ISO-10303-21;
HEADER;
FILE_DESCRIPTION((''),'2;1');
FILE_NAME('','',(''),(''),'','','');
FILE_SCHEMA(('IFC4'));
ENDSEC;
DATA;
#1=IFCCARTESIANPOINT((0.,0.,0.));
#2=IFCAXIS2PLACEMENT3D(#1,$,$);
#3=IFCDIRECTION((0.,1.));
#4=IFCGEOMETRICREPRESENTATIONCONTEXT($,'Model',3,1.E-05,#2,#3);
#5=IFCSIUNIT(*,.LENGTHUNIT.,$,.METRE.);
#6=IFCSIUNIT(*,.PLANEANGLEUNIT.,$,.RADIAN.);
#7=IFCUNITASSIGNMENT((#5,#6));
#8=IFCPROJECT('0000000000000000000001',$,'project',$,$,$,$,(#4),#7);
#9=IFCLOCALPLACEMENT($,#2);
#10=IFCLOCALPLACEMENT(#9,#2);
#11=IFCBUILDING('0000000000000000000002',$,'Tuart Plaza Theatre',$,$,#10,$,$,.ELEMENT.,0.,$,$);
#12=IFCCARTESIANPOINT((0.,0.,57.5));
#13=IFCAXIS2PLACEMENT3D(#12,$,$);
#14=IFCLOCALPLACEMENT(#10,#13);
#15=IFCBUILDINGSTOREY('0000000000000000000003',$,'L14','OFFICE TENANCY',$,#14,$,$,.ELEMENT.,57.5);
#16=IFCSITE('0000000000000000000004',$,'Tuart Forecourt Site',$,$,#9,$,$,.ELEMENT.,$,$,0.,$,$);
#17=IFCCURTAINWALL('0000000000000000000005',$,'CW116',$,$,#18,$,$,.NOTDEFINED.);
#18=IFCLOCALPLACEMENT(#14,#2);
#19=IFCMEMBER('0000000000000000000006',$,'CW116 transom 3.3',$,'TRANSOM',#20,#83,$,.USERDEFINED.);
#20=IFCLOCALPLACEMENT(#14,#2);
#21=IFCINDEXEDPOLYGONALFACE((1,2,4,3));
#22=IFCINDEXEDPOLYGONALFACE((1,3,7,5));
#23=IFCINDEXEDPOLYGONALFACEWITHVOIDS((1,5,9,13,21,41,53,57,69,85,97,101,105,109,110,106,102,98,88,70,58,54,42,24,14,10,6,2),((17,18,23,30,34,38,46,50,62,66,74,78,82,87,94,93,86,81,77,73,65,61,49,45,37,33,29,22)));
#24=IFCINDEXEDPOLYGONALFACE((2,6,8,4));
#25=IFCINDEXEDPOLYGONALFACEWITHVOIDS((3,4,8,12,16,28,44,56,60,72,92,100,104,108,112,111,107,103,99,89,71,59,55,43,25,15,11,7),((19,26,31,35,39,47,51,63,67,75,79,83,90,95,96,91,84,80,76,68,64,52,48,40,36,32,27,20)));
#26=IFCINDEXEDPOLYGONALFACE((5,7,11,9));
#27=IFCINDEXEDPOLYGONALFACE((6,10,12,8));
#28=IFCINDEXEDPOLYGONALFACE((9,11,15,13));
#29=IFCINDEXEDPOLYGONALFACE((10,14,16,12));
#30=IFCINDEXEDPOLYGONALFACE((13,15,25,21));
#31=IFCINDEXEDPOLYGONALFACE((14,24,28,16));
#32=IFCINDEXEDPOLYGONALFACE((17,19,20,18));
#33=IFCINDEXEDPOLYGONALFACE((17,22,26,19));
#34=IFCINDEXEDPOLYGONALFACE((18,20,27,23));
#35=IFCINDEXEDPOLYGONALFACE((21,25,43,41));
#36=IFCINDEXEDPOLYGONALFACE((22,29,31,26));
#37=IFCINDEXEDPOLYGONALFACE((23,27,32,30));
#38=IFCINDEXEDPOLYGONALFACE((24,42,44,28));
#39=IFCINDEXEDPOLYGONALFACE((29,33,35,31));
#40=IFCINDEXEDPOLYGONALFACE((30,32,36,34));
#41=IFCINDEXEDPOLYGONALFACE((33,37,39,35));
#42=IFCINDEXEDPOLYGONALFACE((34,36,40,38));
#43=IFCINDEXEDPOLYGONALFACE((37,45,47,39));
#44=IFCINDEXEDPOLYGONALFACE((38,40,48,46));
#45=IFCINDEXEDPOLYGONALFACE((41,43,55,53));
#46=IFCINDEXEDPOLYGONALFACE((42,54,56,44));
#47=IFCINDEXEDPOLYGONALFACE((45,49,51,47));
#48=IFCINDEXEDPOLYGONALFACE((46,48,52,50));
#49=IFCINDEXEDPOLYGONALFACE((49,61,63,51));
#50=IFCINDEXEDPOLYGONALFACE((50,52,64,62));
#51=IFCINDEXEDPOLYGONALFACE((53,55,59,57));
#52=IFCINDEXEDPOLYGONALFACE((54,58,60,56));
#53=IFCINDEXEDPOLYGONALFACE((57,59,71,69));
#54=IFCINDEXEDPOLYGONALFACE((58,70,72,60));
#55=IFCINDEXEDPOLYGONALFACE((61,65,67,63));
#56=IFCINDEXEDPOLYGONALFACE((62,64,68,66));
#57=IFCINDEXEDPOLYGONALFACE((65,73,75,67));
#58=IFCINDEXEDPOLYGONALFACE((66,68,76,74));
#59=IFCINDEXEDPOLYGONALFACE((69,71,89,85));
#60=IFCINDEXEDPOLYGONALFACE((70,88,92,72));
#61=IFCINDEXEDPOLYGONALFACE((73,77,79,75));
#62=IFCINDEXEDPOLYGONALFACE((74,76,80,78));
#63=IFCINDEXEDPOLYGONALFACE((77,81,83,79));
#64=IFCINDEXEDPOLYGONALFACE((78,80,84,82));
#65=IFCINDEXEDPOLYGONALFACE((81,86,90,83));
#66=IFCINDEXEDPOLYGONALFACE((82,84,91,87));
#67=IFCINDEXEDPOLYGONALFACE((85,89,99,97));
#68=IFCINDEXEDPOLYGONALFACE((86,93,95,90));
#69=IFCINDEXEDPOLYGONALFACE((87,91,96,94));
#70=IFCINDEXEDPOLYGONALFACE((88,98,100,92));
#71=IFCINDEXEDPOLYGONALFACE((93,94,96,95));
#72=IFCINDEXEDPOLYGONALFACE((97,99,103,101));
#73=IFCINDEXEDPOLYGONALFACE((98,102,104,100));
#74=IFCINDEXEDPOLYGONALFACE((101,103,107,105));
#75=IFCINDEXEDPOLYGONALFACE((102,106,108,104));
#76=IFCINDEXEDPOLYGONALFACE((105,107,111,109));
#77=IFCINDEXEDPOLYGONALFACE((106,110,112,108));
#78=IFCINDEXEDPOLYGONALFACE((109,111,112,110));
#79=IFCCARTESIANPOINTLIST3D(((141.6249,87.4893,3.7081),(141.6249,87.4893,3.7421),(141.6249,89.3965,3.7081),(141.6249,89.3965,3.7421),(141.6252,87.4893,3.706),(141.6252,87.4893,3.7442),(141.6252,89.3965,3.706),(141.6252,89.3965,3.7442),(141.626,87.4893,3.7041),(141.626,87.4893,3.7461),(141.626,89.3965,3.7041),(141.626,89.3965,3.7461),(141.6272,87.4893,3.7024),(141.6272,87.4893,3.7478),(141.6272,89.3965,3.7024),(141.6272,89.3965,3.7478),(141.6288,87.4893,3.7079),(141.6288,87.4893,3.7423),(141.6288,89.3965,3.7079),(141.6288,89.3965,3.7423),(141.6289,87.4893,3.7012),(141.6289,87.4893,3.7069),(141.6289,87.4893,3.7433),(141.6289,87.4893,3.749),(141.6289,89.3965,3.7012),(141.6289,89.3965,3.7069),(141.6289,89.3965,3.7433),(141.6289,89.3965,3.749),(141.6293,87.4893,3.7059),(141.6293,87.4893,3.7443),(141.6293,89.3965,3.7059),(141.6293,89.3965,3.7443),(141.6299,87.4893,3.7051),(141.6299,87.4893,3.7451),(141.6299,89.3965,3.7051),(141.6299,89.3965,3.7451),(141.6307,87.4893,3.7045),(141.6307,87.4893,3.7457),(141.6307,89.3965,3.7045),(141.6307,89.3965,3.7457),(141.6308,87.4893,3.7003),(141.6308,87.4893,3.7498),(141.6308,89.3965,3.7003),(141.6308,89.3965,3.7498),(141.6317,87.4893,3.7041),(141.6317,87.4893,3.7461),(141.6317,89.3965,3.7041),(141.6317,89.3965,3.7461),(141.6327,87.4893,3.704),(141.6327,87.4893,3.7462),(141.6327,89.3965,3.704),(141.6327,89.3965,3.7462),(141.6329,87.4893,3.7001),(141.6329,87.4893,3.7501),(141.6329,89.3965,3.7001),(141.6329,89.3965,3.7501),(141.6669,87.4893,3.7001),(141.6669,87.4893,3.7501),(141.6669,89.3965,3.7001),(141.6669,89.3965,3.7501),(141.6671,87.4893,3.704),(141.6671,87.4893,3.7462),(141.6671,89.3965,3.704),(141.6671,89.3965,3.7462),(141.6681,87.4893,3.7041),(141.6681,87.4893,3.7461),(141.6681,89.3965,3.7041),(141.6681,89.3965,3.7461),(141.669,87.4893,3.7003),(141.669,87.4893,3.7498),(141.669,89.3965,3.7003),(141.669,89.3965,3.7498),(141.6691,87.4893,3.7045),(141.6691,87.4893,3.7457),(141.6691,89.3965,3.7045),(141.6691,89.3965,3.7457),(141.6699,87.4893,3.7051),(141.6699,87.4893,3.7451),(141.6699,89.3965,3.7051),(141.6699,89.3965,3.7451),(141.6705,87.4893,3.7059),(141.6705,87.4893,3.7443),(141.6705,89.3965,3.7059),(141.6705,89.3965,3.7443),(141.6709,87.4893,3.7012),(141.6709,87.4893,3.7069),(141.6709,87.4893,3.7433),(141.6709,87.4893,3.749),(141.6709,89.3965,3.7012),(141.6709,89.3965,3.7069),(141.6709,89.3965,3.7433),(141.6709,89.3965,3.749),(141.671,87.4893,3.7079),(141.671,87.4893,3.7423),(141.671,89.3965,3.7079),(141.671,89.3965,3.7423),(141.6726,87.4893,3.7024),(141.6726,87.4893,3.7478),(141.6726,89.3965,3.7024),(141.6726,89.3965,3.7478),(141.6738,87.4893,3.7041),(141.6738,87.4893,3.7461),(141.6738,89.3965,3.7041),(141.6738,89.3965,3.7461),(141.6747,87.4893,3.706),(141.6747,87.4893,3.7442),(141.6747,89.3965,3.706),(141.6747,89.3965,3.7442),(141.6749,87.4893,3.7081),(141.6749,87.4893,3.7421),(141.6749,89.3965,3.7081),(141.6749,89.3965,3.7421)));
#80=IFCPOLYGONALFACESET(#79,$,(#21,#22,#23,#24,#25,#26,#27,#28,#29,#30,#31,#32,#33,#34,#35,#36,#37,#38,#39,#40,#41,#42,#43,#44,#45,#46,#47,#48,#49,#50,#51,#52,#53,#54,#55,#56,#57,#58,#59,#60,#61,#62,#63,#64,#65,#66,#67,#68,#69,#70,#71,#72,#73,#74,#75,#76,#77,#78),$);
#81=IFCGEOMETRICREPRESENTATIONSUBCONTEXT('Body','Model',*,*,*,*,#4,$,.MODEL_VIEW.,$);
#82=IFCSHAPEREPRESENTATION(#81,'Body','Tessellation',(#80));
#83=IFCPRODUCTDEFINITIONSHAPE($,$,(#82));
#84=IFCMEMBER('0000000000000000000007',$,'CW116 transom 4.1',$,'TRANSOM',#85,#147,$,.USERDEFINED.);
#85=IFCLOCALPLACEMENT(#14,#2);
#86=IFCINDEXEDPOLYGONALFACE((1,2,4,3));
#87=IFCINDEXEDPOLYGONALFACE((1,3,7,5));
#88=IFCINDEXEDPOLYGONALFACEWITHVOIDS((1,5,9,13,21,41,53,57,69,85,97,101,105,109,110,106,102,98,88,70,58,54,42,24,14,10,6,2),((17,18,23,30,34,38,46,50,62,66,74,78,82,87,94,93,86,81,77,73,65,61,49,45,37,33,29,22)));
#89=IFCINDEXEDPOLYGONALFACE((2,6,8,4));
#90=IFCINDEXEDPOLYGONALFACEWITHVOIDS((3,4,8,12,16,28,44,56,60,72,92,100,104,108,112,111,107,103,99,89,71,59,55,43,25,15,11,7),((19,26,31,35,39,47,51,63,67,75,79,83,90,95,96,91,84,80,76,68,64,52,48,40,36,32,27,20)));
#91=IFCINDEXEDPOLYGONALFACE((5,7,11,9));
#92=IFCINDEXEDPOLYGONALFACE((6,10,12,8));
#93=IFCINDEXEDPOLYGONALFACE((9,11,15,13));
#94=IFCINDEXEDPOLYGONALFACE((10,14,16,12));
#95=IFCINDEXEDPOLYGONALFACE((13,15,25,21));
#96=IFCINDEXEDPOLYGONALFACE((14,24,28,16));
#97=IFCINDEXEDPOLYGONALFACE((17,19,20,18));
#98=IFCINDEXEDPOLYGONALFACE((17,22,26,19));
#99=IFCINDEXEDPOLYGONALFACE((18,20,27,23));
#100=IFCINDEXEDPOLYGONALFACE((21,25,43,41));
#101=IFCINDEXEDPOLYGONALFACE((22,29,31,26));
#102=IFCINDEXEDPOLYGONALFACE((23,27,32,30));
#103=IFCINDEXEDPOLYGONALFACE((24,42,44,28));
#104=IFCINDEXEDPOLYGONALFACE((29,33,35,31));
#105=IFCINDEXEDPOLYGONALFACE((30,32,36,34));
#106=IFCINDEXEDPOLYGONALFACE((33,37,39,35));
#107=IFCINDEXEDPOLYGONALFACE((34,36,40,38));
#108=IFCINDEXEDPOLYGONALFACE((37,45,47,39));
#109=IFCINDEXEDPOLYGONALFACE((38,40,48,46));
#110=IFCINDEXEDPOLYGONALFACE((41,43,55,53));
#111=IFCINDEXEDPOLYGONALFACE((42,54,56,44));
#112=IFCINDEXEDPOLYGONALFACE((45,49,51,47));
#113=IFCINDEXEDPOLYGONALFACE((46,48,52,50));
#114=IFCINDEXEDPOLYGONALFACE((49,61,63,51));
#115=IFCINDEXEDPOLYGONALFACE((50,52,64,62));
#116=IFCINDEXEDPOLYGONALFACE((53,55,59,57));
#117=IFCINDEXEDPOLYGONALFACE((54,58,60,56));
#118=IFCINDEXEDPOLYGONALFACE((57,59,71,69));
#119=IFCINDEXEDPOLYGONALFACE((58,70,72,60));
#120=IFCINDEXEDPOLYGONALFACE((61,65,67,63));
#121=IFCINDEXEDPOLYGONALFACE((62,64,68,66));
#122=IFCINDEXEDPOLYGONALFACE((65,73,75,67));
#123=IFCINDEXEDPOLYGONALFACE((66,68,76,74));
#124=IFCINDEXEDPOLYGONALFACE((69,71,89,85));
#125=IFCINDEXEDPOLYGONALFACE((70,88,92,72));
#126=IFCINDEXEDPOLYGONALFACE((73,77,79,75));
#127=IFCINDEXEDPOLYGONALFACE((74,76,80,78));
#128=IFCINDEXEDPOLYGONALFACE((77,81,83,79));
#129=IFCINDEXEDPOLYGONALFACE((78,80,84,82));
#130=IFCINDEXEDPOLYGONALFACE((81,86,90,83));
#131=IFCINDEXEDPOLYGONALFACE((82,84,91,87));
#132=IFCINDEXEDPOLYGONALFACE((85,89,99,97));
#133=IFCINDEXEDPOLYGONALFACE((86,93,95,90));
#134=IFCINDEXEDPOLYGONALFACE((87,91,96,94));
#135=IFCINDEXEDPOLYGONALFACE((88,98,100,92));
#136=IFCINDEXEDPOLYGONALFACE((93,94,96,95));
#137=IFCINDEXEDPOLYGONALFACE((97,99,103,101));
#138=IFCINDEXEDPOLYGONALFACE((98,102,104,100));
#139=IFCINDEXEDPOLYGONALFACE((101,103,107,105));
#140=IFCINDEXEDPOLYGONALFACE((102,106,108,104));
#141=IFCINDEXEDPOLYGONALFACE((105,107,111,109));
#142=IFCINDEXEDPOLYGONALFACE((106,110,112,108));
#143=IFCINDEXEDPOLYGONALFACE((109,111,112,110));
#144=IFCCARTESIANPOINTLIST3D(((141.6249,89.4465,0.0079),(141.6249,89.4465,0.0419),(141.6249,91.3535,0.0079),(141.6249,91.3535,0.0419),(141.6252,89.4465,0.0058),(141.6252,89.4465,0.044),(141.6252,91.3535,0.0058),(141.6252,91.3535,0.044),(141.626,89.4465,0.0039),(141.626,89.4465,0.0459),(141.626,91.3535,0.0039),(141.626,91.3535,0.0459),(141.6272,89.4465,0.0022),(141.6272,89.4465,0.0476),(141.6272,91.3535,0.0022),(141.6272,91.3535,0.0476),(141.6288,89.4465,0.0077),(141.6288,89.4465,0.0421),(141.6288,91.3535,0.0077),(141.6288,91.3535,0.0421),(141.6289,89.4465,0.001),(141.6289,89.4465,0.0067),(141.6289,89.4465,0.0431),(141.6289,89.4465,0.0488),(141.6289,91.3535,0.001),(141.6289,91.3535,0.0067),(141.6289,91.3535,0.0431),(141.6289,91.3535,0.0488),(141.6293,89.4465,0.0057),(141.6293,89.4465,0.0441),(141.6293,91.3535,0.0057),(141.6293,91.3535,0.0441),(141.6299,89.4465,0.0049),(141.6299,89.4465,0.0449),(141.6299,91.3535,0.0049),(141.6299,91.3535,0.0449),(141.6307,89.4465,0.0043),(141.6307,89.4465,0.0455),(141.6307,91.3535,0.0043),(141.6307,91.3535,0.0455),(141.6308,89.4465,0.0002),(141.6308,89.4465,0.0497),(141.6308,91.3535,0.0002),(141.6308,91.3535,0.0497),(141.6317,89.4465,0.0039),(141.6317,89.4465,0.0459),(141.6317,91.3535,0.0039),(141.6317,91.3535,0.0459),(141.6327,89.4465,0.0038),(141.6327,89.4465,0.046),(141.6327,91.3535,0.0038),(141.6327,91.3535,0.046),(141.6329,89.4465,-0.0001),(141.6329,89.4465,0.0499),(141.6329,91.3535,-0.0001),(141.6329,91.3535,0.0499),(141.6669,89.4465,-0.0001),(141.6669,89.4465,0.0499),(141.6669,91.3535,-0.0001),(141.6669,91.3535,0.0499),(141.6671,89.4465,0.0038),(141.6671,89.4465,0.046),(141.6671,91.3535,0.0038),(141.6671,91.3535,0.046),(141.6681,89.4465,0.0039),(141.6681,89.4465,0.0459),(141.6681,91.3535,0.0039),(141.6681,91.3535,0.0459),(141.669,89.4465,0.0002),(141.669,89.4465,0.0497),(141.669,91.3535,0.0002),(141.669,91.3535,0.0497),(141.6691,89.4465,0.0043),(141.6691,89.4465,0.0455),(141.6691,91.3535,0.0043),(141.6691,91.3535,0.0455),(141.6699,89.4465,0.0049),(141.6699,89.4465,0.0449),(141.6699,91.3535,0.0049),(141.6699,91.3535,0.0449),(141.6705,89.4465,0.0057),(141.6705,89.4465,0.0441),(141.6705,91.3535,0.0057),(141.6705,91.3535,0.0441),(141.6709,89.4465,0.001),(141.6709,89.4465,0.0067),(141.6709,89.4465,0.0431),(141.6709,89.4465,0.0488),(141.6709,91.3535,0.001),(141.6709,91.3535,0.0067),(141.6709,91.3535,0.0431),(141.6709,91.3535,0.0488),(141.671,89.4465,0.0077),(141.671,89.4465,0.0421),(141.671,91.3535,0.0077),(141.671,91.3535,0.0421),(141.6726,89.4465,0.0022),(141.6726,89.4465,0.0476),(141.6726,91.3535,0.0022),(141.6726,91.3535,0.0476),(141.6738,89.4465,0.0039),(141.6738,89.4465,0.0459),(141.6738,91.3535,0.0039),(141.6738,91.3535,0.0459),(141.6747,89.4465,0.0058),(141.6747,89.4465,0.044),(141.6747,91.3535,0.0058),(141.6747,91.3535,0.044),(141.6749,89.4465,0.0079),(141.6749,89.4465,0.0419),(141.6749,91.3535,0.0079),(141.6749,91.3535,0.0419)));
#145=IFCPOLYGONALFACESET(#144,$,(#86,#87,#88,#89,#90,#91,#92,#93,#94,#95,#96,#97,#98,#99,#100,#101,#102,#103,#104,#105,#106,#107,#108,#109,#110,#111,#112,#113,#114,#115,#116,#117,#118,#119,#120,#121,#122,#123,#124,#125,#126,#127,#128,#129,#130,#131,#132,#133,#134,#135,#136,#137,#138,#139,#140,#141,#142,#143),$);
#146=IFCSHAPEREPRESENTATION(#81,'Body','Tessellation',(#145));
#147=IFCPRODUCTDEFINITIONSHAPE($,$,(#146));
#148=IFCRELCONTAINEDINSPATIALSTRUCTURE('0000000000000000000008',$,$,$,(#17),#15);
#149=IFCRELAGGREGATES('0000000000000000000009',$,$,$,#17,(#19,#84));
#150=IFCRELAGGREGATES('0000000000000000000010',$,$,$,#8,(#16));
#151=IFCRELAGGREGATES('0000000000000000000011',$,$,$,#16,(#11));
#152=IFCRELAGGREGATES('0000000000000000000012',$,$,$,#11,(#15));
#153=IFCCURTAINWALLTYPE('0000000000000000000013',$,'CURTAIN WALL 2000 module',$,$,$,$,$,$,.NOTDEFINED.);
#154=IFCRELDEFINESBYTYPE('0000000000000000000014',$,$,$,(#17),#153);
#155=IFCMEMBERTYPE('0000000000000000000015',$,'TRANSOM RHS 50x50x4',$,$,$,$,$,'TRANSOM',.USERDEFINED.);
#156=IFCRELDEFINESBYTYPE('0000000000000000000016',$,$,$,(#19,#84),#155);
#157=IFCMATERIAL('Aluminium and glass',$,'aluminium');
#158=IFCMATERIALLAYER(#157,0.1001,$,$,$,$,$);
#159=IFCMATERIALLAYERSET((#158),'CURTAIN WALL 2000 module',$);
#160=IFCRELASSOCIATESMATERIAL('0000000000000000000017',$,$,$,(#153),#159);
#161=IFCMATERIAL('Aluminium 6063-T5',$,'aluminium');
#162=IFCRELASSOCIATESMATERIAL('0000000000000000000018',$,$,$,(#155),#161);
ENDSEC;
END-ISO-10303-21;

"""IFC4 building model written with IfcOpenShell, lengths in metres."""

from ifc_helpers import new_model, si_unit, direction, frame, origin, origin_2d, place, context, subcontext, project, spatial, hollow_rectangle, extrude, material, layer, layer_set, material_profile, profile_set, type_object, element, aggregate, save


model = new_model("IFC4")

# Units and contexts
model_context = context("Model", 3, precision=1e-05, world=origin(), true_north=direction((0.0, 1.0)))
body_context = subcontext(model_context, "Body", "Model", "MODEL_VIEW")
ifc_project = project(units=[si_unit("LENGTHUNIT", "METRE"), si_unit("PLANEANGLEUNIT", "RADIAN")], contexts=[model_context])

# Site, building, storey
site_placement = place(None, origin())
site = spatial("IfcSite", under=ifc_project, at=site_placement, Name="Tuart Forecourt Site", CompositionType="ELEMENT", RefElevation=0.0)
building_placement = place(site_placement, origin())
building = spatial("IfcBuilding", under=site, at=building_placement, Name="Tuart Plaza Theatre", CompositionType="ELEMENT", ElevationOfRefHeight=0.0)
storey_placement = place(building_placement, frame((0.0, 0.0, 57.5)))
storey = spatial("IfcBuildingStorey", under=building, at=storey_placement, Name="L14", Description="OFFICE TENANCY", CompositionType="ELEMENT", Elevation=57.5)

# Curtain wall, members
ifc_material_1 = material(Name="Aluminium and glass", Category="aluminium")
ifc_layer_1 = layer(ifc_material_1, 0.1001)
ifc_layer_set_1 = layer_set([ifc_layer_1], Name="CURTAIN WALL 2000 module")
curtain_wall_type = type_object("IfcCurtainWallType", Name="CURTAIN WALL 2000 module", PredefinedType="NOTDEFINED", material=ifc_layer_set_1)
curtain_wall_placement = place(storey_placement, origin())
curtain_wall = element("IfcCurtainWall", 1, at=curtain_wall_placement, inside=storey, type_object=curtain_wall_type, Name="CW116", PredefinedType="NOTDEFINED")
ifc_material_2 = material(Name="Aluminium 6063-T5", Category="aluminium")
ifc_material_profile_1 = material_profile(ifc_material_2, hollow_rectangle(XDim=0.05, YDim=0.05, WallThickness=0.0039, InnerFilletRadius=0.0039, OuterFilletRadius=0.0081, at=origin_2d()), Name="RHS 50x50x4")
ifc_profile_set_1 = profile_set([ifc_material_profile_1], Name="Aluminium 6063-T5")
member_type_1 = type_object("IfcMemberType", Name="TRANSOM RHS 50x50x4", ElementType="TRANSOM", PredefinedType="USERDEFINED", material=ifc_profile_set_1)
member_1_placement = place(storey_placement, frame((141.6499, 87.4893, 3.7251), z_axis=(0.0, 1.0, 0.0), x_axis=(-1.0, 0.0, 0.0)))
member_1 = element("IfcMember", 2, at=member_1_placement, type_object=member_type_1, Name="CW116 transom 3.3", ObjectType="TRANSOM", PredefinedType="USERDEFINED", context=body_context, shape_type="SweptSolid", body=[
    extrude(hollow_rectangle(XDim=0.05, YDim=0.05, WallThickness=0.0039, InnerFilletRadius=0.0039, OuterFilletRadius=0.0081, at=origin_2d()), origin(), (0.0, 0.0, 1.0), 1.9072),
])
member_2_placement = place(storey_placement, frame((141.6499, 89.4465, 0.0249), z_axis=(0.0, 1.0, 0.0), x_axis=(-1.0, 0.0, 0.0)))
member_2 = element("IfcMember", 3, at=member_2_placement, type_object=member_type_1, Name="CW116 transom 4.1", ObjectType="TRANSOM", PredefinedType="USERDEFINED", context=body_context, shape_type="SweptSolid", body=[
    extrude(hollow_rectangle(XDim=0.05, YDim=0.05, WallThickness=0.0039, InnerFilletRadius=0.0039, OuterFilletRadius=0.0081, at=origin_2d()), origin(), (0.0, 0.0, 1.0), 1.907),
])
aggregate(curtain_wall, [member_1, member_2])

save(model, "model.ifc")
